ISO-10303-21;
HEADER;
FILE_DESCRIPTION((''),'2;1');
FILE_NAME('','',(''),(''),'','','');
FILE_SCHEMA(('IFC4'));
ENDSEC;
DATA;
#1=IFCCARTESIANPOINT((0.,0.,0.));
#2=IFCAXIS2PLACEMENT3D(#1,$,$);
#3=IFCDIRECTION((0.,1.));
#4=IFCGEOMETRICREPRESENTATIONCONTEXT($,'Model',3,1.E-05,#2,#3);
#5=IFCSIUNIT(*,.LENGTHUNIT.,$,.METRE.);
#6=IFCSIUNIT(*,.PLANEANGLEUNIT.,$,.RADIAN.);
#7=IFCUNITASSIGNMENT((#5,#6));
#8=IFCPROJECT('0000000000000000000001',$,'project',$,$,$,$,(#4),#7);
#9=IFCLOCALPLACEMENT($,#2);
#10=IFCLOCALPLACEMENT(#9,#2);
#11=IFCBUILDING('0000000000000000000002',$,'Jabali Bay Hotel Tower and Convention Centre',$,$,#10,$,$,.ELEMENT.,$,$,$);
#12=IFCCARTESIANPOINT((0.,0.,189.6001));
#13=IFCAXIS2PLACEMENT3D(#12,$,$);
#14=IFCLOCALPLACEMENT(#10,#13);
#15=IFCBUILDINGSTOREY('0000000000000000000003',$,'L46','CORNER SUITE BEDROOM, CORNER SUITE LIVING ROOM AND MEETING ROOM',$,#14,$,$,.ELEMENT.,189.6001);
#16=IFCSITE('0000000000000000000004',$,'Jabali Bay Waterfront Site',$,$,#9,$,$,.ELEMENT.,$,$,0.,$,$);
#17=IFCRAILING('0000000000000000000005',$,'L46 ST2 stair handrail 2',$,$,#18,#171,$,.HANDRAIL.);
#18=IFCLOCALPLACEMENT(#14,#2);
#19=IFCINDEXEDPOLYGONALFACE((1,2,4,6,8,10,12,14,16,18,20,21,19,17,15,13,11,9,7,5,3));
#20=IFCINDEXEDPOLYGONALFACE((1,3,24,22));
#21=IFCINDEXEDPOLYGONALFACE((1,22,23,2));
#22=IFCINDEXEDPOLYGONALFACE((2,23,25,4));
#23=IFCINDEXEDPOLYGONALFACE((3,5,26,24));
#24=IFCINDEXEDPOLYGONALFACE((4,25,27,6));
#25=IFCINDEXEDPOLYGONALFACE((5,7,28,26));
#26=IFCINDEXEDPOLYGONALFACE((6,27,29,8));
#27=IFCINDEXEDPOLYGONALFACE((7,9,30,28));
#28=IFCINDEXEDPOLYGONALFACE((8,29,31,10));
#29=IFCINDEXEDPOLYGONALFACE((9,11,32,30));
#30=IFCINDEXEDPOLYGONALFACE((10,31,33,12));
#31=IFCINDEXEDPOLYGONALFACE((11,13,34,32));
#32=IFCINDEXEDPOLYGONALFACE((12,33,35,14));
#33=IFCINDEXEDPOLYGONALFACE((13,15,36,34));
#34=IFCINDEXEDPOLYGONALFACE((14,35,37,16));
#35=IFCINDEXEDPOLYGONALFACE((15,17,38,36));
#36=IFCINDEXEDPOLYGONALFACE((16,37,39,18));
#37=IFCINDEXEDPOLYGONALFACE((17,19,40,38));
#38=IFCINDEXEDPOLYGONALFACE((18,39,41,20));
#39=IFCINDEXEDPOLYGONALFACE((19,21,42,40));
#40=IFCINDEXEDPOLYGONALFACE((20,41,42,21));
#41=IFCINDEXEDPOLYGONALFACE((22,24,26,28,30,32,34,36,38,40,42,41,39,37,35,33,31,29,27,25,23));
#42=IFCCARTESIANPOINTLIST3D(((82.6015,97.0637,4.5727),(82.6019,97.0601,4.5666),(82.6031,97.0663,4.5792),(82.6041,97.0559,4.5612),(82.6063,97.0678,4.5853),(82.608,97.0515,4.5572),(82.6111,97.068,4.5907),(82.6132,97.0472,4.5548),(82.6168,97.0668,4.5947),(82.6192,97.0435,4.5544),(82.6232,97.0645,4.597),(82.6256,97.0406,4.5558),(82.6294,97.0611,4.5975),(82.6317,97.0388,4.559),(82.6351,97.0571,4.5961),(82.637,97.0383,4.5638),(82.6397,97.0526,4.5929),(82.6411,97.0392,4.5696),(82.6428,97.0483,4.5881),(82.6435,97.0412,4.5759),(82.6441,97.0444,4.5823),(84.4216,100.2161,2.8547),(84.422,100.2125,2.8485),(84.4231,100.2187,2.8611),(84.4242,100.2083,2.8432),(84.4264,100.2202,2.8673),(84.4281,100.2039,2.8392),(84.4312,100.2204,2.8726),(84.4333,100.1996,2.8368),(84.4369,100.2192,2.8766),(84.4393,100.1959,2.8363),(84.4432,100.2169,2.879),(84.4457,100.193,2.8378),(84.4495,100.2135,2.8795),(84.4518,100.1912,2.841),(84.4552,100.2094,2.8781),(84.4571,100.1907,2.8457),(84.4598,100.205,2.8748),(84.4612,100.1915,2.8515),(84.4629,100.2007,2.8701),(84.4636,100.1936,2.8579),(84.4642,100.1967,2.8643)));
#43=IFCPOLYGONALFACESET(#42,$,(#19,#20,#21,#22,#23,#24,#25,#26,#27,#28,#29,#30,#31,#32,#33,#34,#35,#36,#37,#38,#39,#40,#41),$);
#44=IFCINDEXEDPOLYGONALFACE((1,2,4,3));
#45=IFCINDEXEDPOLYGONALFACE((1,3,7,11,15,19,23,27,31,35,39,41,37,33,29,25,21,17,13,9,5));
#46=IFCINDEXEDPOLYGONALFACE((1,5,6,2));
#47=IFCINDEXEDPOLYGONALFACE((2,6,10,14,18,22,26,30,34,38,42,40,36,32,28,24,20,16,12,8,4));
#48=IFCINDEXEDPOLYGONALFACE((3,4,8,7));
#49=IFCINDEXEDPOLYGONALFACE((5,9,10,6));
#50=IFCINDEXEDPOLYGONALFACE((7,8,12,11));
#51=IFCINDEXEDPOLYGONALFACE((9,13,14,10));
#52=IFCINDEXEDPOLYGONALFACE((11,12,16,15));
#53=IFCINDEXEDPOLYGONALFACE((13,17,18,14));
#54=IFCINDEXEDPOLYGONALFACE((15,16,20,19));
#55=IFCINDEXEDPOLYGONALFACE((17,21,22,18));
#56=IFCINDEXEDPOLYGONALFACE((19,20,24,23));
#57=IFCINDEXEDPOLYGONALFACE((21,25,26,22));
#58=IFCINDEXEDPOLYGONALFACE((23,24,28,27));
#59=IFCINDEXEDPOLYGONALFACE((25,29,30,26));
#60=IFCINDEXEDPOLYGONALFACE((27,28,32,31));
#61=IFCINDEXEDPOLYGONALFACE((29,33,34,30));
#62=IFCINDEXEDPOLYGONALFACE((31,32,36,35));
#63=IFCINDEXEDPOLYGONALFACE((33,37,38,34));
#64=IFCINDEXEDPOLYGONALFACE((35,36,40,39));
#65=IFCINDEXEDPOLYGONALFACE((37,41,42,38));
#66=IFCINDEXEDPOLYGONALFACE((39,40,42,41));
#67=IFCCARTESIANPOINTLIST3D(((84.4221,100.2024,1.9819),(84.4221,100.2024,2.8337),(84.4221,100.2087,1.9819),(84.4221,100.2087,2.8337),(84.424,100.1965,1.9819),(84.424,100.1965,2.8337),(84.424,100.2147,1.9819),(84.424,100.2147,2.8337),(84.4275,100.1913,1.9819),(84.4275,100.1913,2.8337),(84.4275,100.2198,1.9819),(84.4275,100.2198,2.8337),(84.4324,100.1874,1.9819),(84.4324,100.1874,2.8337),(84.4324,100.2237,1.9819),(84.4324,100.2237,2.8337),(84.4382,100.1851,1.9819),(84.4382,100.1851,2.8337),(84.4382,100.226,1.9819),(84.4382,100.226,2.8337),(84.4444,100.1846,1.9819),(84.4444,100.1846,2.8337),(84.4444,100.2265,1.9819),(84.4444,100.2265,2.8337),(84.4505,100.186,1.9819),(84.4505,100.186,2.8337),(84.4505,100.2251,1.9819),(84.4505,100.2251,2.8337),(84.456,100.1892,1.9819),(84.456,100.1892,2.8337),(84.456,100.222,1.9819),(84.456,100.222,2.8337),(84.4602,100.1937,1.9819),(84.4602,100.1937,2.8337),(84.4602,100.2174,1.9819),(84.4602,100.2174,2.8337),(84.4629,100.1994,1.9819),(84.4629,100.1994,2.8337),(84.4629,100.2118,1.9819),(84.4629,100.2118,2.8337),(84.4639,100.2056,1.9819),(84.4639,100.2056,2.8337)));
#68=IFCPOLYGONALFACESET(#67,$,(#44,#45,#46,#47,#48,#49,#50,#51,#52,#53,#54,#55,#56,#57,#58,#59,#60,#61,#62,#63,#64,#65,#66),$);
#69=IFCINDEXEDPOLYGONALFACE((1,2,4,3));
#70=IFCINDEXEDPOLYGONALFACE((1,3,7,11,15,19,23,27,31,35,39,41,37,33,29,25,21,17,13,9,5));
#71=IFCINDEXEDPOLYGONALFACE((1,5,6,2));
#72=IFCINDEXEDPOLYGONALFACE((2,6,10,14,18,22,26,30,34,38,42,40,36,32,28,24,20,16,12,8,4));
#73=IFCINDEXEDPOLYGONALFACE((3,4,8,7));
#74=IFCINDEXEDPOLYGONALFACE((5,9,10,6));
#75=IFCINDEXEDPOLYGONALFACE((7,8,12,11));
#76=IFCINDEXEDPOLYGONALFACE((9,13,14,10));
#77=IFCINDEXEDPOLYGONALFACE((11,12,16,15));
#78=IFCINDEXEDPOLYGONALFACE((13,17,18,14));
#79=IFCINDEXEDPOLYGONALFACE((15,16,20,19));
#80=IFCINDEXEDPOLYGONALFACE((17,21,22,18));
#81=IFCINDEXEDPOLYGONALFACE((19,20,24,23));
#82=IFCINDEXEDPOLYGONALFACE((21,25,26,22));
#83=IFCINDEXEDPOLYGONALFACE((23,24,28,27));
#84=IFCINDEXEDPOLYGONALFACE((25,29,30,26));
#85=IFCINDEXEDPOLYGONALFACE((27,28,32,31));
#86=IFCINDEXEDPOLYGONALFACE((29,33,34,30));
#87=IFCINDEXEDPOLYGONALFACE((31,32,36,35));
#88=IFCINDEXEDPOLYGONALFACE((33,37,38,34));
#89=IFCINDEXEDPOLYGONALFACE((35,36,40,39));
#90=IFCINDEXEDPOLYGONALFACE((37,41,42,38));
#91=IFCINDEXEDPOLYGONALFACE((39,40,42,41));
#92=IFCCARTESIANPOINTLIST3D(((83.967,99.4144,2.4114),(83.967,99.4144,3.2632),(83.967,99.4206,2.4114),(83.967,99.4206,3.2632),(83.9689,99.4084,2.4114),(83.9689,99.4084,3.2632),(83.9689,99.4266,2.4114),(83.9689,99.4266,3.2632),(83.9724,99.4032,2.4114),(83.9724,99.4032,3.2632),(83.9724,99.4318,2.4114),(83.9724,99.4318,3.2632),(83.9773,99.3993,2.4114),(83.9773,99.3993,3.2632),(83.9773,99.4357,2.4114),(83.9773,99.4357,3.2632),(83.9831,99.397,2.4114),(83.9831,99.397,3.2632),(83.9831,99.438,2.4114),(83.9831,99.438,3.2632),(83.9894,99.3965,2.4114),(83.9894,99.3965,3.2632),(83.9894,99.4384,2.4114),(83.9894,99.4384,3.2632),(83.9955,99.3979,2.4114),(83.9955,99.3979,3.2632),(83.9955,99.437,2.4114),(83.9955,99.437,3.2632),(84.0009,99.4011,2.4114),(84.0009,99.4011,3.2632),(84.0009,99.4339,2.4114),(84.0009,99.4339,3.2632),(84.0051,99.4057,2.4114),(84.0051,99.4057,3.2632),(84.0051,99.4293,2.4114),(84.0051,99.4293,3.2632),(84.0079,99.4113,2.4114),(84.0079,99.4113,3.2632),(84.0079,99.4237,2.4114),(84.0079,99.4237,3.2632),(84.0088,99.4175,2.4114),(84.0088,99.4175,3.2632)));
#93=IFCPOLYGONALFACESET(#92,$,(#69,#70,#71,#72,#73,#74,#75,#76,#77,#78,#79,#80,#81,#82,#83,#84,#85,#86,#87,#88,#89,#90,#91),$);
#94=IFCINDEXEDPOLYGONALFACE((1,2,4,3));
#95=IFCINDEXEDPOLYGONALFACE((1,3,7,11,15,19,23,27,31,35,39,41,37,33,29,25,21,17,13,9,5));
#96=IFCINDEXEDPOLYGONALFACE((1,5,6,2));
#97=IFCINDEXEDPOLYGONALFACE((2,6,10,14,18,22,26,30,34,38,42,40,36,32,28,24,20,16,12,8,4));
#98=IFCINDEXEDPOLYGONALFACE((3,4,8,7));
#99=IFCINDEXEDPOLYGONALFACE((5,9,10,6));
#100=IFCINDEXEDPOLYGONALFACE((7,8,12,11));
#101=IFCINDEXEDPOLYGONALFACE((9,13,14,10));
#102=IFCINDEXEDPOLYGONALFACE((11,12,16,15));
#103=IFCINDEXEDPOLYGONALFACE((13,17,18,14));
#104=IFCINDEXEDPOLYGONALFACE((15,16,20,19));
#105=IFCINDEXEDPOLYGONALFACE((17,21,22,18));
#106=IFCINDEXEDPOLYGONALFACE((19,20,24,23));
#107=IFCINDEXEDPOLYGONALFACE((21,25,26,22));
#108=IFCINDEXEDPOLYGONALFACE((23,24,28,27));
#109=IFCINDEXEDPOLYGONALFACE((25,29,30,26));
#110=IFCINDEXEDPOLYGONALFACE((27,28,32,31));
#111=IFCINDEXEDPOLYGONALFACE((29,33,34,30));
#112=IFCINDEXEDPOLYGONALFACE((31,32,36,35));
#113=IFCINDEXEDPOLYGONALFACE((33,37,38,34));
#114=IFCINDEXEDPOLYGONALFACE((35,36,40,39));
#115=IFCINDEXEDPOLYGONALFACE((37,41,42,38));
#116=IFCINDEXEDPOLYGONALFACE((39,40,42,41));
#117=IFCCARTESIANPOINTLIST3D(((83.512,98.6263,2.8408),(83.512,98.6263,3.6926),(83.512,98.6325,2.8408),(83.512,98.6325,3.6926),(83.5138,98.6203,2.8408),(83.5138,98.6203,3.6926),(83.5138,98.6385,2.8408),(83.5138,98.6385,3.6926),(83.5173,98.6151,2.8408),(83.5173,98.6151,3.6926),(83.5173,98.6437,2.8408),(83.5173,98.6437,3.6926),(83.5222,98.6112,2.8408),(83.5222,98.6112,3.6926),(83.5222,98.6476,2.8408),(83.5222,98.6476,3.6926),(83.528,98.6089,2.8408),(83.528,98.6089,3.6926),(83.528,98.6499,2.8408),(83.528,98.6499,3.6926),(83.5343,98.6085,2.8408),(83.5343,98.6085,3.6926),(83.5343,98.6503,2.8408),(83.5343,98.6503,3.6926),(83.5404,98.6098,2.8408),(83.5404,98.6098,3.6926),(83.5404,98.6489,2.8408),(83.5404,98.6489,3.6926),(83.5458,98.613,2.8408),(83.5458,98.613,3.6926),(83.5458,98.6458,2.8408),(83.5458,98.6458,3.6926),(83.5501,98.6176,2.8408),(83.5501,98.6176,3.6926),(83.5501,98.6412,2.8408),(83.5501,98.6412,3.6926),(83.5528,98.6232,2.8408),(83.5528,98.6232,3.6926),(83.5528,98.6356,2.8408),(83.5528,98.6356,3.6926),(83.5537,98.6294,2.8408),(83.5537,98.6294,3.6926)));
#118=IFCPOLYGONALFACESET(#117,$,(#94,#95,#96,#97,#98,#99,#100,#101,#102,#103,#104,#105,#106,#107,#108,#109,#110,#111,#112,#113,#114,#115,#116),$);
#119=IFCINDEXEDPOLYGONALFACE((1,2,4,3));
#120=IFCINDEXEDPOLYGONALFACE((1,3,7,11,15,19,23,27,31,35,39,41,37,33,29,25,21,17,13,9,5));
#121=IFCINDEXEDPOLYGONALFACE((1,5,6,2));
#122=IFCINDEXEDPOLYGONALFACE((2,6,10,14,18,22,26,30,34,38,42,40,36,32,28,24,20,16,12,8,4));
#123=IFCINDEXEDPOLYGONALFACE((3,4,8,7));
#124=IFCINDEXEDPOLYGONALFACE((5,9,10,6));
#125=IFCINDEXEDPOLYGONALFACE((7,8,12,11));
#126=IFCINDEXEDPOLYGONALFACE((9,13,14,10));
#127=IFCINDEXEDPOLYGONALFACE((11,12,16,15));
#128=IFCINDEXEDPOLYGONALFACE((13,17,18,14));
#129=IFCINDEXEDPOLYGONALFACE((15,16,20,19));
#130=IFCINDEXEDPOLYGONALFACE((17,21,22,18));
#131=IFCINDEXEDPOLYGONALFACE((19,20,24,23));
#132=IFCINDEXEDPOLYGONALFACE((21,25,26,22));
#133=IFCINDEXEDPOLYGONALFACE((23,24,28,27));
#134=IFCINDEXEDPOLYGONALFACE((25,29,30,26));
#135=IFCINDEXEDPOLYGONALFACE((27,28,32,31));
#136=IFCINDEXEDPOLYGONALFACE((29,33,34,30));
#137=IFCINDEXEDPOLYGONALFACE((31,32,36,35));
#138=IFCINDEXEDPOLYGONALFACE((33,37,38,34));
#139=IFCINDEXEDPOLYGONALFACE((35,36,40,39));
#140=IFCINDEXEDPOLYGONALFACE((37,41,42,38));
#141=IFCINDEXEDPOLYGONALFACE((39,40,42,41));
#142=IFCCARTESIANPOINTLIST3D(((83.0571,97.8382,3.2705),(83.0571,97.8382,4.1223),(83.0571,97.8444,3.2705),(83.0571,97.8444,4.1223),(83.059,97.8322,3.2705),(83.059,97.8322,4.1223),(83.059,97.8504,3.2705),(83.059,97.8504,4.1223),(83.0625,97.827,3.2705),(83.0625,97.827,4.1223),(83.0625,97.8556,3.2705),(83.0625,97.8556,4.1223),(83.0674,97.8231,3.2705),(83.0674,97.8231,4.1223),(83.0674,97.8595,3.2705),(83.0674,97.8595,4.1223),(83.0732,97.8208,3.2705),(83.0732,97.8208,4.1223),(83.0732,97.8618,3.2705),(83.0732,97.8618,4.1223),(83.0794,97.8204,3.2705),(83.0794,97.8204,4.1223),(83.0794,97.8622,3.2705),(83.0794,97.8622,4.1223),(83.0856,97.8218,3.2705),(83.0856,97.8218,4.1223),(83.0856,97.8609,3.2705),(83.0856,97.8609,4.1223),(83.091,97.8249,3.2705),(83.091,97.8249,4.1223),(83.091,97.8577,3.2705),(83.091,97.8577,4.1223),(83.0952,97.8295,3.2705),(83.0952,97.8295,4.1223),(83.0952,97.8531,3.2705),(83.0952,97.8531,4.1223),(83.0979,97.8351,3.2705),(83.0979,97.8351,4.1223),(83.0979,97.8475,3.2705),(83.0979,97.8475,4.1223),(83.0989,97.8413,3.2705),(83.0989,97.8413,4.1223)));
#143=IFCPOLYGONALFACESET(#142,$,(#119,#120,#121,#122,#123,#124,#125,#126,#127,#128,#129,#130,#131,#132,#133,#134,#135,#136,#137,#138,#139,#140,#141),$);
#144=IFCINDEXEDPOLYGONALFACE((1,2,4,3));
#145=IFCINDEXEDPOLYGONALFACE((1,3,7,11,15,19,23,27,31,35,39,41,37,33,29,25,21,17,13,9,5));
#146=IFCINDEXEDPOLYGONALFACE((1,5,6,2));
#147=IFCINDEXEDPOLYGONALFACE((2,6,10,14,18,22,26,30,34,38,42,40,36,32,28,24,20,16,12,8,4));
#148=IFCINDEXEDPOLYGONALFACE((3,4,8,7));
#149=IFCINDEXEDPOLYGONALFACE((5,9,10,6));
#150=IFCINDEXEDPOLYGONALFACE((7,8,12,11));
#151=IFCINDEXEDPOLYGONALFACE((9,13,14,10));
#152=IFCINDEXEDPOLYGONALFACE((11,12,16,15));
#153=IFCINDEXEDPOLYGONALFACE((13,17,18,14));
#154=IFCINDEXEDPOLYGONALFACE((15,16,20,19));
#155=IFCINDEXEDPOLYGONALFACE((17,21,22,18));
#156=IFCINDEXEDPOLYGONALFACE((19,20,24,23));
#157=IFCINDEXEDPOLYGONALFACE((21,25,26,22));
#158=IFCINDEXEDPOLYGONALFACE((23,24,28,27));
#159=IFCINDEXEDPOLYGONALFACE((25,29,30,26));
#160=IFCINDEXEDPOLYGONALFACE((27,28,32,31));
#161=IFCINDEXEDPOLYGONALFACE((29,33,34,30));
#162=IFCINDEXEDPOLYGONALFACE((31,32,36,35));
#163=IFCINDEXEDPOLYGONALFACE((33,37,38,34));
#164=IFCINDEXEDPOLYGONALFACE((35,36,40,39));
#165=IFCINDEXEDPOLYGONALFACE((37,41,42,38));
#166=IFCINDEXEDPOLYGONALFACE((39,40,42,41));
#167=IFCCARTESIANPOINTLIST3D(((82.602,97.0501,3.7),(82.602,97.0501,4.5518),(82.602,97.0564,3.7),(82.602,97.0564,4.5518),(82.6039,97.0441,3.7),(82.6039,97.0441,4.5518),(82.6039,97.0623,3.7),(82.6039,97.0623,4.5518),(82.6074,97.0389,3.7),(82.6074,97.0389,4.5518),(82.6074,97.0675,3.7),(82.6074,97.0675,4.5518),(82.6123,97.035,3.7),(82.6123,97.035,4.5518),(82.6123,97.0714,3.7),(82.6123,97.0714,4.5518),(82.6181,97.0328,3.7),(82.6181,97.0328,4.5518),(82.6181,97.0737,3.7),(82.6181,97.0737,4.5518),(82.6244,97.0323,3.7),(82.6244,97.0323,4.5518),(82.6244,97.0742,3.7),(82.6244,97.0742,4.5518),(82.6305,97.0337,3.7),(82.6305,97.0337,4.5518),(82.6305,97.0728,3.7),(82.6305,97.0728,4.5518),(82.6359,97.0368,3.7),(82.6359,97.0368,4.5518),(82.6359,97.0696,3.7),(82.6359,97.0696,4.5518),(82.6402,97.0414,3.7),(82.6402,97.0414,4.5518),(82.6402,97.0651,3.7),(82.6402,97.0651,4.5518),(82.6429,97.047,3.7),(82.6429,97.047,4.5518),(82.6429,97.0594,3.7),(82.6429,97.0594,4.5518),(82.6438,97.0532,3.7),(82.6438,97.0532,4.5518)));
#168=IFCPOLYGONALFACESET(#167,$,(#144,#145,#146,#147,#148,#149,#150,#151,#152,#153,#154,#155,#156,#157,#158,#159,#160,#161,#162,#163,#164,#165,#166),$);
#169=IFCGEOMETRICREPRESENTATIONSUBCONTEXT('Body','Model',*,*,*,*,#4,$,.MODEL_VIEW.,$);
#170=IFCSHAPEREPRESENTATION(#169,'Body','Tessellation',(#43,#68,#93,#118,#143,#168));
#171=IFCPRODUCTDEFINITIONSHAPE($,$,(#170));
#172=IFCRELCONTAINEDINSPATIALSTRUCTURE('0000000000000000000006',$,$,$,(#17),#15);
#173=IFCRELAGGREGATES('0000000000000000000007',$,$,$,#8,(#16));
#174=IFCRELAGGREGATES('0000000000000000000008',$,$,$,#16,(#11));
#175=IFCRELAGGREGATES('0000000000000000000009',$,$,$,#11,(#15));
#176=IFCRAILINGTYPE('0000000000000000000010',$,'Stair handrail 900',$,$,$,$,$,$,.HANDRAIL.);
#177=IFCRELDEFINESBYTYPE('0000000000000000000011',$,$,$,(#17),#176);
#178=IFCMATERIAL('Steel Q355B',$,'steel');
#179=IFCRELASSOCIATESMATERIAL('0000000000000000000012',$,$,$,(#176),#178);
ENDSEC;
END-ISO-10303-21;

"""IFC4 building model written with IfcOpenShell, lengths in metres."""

from ifc_helpers import new_model, si_unit, direction, frame, origin, origin_2d, place, context, subcontext, project, spatial, circle, extrude, material, type_object, element, save


model = new_model("IFC4")

# Units and contexts
model_context = context("Model", 3, precision=1e-05, world=origin(), true_north=direction((0.0, 1.0)))
body_context = subcontext(model_context, "Body", "Model", "MODEL_VIEW")
ifc_project = project(units=[si_unit("LENGTHUNIT", "METRE"), si_unit("PLANEANGLEUNIT", "RADIAN")], contexts=[model_context])

# Site, building, storey
site_placement = place(None, origin())
site = spatial("IfcSite", under=ifc_project, at=site_placement, Name="Jabali Bay Waterfront Site", CompositionType="ELEMENT", RefElevation=0.0)
building_placement = place(site_placement, origin())
building = spatial("IfcBuilding", under=site, at=building_placement, Name="Jabali Bay Hotel Tower and Convention Centre", CompositionType="ELEMENT")
storey_placement = place(building_placement, frame((0.0, 0.0, 189.6001)))
storey = spatial("IfcBuildingStorey", under=building, at=storey_placement, Name="L46", Description="CORNER SUITE BEDROOM, CORNER SUITE LIVING ROOM AND MEETING ROOM", CompositionType="ELEMENT", Elevation=189.6001)

# Railing
ifc_material_1 = material(Name="Steel Q355B", Category="steel")
railing_type_1 = type_object("IfcRailingType", Name="Stair handrail 900", PredefinedType="HANDRAIL", material=ifc_material_1)
railing_1_placement = place(storey_placement, frame((84.4429, 100.2056, 1.9819)))
element("IfcRailing", 1, at=railing_1_placement, inside=storey, type_object=railing_type_1, Name="L46 ST2 stair handrail 2", PredefinedType="HANDRAIL", context=body_context, shape_type="SweptSolid", body=[
    extrude(circle(Radius=0.0239, at=origin_2d()), frame((0.0, 0.0, 0.876), z_axis=(-0.452179, -0.78317, 0.426825), x_axis=(0.866018, -0.500013, 0.0)), (0.0, 0.0, 1.0), 4.0251),
    extrude(circle(Radius=0.021, at=origin_2d()), origin(), (0.0, 0.0, 1.0), 0.8518),
    extrude(circle(Radius=0.021, at=origin_2d()), frame((-0.4551, -0.7881, 0.4294)), (0.0, 0.0, 1.0), 0.8518),
    extrude(circle(Radius=0.021, at=origin_2d()), frame((-0.9102, -1.5762, 0.8589)), (0.0, 0.0, 1.0), 0.8518),
    extrude(circle(Radius=0.021, at=origin_2d()), frame((-1.365, -2.3643, 1.2886)), (0.0, 0.0, 1.0), 0.8518),
    extrude(circle(Radius=0.021, at=origin_2d()), frame((-1.8201, -3.1523, 1.718)), (0.0, 0.0, 1.0), 0.8518),
])

save(model, "model.ifc")
